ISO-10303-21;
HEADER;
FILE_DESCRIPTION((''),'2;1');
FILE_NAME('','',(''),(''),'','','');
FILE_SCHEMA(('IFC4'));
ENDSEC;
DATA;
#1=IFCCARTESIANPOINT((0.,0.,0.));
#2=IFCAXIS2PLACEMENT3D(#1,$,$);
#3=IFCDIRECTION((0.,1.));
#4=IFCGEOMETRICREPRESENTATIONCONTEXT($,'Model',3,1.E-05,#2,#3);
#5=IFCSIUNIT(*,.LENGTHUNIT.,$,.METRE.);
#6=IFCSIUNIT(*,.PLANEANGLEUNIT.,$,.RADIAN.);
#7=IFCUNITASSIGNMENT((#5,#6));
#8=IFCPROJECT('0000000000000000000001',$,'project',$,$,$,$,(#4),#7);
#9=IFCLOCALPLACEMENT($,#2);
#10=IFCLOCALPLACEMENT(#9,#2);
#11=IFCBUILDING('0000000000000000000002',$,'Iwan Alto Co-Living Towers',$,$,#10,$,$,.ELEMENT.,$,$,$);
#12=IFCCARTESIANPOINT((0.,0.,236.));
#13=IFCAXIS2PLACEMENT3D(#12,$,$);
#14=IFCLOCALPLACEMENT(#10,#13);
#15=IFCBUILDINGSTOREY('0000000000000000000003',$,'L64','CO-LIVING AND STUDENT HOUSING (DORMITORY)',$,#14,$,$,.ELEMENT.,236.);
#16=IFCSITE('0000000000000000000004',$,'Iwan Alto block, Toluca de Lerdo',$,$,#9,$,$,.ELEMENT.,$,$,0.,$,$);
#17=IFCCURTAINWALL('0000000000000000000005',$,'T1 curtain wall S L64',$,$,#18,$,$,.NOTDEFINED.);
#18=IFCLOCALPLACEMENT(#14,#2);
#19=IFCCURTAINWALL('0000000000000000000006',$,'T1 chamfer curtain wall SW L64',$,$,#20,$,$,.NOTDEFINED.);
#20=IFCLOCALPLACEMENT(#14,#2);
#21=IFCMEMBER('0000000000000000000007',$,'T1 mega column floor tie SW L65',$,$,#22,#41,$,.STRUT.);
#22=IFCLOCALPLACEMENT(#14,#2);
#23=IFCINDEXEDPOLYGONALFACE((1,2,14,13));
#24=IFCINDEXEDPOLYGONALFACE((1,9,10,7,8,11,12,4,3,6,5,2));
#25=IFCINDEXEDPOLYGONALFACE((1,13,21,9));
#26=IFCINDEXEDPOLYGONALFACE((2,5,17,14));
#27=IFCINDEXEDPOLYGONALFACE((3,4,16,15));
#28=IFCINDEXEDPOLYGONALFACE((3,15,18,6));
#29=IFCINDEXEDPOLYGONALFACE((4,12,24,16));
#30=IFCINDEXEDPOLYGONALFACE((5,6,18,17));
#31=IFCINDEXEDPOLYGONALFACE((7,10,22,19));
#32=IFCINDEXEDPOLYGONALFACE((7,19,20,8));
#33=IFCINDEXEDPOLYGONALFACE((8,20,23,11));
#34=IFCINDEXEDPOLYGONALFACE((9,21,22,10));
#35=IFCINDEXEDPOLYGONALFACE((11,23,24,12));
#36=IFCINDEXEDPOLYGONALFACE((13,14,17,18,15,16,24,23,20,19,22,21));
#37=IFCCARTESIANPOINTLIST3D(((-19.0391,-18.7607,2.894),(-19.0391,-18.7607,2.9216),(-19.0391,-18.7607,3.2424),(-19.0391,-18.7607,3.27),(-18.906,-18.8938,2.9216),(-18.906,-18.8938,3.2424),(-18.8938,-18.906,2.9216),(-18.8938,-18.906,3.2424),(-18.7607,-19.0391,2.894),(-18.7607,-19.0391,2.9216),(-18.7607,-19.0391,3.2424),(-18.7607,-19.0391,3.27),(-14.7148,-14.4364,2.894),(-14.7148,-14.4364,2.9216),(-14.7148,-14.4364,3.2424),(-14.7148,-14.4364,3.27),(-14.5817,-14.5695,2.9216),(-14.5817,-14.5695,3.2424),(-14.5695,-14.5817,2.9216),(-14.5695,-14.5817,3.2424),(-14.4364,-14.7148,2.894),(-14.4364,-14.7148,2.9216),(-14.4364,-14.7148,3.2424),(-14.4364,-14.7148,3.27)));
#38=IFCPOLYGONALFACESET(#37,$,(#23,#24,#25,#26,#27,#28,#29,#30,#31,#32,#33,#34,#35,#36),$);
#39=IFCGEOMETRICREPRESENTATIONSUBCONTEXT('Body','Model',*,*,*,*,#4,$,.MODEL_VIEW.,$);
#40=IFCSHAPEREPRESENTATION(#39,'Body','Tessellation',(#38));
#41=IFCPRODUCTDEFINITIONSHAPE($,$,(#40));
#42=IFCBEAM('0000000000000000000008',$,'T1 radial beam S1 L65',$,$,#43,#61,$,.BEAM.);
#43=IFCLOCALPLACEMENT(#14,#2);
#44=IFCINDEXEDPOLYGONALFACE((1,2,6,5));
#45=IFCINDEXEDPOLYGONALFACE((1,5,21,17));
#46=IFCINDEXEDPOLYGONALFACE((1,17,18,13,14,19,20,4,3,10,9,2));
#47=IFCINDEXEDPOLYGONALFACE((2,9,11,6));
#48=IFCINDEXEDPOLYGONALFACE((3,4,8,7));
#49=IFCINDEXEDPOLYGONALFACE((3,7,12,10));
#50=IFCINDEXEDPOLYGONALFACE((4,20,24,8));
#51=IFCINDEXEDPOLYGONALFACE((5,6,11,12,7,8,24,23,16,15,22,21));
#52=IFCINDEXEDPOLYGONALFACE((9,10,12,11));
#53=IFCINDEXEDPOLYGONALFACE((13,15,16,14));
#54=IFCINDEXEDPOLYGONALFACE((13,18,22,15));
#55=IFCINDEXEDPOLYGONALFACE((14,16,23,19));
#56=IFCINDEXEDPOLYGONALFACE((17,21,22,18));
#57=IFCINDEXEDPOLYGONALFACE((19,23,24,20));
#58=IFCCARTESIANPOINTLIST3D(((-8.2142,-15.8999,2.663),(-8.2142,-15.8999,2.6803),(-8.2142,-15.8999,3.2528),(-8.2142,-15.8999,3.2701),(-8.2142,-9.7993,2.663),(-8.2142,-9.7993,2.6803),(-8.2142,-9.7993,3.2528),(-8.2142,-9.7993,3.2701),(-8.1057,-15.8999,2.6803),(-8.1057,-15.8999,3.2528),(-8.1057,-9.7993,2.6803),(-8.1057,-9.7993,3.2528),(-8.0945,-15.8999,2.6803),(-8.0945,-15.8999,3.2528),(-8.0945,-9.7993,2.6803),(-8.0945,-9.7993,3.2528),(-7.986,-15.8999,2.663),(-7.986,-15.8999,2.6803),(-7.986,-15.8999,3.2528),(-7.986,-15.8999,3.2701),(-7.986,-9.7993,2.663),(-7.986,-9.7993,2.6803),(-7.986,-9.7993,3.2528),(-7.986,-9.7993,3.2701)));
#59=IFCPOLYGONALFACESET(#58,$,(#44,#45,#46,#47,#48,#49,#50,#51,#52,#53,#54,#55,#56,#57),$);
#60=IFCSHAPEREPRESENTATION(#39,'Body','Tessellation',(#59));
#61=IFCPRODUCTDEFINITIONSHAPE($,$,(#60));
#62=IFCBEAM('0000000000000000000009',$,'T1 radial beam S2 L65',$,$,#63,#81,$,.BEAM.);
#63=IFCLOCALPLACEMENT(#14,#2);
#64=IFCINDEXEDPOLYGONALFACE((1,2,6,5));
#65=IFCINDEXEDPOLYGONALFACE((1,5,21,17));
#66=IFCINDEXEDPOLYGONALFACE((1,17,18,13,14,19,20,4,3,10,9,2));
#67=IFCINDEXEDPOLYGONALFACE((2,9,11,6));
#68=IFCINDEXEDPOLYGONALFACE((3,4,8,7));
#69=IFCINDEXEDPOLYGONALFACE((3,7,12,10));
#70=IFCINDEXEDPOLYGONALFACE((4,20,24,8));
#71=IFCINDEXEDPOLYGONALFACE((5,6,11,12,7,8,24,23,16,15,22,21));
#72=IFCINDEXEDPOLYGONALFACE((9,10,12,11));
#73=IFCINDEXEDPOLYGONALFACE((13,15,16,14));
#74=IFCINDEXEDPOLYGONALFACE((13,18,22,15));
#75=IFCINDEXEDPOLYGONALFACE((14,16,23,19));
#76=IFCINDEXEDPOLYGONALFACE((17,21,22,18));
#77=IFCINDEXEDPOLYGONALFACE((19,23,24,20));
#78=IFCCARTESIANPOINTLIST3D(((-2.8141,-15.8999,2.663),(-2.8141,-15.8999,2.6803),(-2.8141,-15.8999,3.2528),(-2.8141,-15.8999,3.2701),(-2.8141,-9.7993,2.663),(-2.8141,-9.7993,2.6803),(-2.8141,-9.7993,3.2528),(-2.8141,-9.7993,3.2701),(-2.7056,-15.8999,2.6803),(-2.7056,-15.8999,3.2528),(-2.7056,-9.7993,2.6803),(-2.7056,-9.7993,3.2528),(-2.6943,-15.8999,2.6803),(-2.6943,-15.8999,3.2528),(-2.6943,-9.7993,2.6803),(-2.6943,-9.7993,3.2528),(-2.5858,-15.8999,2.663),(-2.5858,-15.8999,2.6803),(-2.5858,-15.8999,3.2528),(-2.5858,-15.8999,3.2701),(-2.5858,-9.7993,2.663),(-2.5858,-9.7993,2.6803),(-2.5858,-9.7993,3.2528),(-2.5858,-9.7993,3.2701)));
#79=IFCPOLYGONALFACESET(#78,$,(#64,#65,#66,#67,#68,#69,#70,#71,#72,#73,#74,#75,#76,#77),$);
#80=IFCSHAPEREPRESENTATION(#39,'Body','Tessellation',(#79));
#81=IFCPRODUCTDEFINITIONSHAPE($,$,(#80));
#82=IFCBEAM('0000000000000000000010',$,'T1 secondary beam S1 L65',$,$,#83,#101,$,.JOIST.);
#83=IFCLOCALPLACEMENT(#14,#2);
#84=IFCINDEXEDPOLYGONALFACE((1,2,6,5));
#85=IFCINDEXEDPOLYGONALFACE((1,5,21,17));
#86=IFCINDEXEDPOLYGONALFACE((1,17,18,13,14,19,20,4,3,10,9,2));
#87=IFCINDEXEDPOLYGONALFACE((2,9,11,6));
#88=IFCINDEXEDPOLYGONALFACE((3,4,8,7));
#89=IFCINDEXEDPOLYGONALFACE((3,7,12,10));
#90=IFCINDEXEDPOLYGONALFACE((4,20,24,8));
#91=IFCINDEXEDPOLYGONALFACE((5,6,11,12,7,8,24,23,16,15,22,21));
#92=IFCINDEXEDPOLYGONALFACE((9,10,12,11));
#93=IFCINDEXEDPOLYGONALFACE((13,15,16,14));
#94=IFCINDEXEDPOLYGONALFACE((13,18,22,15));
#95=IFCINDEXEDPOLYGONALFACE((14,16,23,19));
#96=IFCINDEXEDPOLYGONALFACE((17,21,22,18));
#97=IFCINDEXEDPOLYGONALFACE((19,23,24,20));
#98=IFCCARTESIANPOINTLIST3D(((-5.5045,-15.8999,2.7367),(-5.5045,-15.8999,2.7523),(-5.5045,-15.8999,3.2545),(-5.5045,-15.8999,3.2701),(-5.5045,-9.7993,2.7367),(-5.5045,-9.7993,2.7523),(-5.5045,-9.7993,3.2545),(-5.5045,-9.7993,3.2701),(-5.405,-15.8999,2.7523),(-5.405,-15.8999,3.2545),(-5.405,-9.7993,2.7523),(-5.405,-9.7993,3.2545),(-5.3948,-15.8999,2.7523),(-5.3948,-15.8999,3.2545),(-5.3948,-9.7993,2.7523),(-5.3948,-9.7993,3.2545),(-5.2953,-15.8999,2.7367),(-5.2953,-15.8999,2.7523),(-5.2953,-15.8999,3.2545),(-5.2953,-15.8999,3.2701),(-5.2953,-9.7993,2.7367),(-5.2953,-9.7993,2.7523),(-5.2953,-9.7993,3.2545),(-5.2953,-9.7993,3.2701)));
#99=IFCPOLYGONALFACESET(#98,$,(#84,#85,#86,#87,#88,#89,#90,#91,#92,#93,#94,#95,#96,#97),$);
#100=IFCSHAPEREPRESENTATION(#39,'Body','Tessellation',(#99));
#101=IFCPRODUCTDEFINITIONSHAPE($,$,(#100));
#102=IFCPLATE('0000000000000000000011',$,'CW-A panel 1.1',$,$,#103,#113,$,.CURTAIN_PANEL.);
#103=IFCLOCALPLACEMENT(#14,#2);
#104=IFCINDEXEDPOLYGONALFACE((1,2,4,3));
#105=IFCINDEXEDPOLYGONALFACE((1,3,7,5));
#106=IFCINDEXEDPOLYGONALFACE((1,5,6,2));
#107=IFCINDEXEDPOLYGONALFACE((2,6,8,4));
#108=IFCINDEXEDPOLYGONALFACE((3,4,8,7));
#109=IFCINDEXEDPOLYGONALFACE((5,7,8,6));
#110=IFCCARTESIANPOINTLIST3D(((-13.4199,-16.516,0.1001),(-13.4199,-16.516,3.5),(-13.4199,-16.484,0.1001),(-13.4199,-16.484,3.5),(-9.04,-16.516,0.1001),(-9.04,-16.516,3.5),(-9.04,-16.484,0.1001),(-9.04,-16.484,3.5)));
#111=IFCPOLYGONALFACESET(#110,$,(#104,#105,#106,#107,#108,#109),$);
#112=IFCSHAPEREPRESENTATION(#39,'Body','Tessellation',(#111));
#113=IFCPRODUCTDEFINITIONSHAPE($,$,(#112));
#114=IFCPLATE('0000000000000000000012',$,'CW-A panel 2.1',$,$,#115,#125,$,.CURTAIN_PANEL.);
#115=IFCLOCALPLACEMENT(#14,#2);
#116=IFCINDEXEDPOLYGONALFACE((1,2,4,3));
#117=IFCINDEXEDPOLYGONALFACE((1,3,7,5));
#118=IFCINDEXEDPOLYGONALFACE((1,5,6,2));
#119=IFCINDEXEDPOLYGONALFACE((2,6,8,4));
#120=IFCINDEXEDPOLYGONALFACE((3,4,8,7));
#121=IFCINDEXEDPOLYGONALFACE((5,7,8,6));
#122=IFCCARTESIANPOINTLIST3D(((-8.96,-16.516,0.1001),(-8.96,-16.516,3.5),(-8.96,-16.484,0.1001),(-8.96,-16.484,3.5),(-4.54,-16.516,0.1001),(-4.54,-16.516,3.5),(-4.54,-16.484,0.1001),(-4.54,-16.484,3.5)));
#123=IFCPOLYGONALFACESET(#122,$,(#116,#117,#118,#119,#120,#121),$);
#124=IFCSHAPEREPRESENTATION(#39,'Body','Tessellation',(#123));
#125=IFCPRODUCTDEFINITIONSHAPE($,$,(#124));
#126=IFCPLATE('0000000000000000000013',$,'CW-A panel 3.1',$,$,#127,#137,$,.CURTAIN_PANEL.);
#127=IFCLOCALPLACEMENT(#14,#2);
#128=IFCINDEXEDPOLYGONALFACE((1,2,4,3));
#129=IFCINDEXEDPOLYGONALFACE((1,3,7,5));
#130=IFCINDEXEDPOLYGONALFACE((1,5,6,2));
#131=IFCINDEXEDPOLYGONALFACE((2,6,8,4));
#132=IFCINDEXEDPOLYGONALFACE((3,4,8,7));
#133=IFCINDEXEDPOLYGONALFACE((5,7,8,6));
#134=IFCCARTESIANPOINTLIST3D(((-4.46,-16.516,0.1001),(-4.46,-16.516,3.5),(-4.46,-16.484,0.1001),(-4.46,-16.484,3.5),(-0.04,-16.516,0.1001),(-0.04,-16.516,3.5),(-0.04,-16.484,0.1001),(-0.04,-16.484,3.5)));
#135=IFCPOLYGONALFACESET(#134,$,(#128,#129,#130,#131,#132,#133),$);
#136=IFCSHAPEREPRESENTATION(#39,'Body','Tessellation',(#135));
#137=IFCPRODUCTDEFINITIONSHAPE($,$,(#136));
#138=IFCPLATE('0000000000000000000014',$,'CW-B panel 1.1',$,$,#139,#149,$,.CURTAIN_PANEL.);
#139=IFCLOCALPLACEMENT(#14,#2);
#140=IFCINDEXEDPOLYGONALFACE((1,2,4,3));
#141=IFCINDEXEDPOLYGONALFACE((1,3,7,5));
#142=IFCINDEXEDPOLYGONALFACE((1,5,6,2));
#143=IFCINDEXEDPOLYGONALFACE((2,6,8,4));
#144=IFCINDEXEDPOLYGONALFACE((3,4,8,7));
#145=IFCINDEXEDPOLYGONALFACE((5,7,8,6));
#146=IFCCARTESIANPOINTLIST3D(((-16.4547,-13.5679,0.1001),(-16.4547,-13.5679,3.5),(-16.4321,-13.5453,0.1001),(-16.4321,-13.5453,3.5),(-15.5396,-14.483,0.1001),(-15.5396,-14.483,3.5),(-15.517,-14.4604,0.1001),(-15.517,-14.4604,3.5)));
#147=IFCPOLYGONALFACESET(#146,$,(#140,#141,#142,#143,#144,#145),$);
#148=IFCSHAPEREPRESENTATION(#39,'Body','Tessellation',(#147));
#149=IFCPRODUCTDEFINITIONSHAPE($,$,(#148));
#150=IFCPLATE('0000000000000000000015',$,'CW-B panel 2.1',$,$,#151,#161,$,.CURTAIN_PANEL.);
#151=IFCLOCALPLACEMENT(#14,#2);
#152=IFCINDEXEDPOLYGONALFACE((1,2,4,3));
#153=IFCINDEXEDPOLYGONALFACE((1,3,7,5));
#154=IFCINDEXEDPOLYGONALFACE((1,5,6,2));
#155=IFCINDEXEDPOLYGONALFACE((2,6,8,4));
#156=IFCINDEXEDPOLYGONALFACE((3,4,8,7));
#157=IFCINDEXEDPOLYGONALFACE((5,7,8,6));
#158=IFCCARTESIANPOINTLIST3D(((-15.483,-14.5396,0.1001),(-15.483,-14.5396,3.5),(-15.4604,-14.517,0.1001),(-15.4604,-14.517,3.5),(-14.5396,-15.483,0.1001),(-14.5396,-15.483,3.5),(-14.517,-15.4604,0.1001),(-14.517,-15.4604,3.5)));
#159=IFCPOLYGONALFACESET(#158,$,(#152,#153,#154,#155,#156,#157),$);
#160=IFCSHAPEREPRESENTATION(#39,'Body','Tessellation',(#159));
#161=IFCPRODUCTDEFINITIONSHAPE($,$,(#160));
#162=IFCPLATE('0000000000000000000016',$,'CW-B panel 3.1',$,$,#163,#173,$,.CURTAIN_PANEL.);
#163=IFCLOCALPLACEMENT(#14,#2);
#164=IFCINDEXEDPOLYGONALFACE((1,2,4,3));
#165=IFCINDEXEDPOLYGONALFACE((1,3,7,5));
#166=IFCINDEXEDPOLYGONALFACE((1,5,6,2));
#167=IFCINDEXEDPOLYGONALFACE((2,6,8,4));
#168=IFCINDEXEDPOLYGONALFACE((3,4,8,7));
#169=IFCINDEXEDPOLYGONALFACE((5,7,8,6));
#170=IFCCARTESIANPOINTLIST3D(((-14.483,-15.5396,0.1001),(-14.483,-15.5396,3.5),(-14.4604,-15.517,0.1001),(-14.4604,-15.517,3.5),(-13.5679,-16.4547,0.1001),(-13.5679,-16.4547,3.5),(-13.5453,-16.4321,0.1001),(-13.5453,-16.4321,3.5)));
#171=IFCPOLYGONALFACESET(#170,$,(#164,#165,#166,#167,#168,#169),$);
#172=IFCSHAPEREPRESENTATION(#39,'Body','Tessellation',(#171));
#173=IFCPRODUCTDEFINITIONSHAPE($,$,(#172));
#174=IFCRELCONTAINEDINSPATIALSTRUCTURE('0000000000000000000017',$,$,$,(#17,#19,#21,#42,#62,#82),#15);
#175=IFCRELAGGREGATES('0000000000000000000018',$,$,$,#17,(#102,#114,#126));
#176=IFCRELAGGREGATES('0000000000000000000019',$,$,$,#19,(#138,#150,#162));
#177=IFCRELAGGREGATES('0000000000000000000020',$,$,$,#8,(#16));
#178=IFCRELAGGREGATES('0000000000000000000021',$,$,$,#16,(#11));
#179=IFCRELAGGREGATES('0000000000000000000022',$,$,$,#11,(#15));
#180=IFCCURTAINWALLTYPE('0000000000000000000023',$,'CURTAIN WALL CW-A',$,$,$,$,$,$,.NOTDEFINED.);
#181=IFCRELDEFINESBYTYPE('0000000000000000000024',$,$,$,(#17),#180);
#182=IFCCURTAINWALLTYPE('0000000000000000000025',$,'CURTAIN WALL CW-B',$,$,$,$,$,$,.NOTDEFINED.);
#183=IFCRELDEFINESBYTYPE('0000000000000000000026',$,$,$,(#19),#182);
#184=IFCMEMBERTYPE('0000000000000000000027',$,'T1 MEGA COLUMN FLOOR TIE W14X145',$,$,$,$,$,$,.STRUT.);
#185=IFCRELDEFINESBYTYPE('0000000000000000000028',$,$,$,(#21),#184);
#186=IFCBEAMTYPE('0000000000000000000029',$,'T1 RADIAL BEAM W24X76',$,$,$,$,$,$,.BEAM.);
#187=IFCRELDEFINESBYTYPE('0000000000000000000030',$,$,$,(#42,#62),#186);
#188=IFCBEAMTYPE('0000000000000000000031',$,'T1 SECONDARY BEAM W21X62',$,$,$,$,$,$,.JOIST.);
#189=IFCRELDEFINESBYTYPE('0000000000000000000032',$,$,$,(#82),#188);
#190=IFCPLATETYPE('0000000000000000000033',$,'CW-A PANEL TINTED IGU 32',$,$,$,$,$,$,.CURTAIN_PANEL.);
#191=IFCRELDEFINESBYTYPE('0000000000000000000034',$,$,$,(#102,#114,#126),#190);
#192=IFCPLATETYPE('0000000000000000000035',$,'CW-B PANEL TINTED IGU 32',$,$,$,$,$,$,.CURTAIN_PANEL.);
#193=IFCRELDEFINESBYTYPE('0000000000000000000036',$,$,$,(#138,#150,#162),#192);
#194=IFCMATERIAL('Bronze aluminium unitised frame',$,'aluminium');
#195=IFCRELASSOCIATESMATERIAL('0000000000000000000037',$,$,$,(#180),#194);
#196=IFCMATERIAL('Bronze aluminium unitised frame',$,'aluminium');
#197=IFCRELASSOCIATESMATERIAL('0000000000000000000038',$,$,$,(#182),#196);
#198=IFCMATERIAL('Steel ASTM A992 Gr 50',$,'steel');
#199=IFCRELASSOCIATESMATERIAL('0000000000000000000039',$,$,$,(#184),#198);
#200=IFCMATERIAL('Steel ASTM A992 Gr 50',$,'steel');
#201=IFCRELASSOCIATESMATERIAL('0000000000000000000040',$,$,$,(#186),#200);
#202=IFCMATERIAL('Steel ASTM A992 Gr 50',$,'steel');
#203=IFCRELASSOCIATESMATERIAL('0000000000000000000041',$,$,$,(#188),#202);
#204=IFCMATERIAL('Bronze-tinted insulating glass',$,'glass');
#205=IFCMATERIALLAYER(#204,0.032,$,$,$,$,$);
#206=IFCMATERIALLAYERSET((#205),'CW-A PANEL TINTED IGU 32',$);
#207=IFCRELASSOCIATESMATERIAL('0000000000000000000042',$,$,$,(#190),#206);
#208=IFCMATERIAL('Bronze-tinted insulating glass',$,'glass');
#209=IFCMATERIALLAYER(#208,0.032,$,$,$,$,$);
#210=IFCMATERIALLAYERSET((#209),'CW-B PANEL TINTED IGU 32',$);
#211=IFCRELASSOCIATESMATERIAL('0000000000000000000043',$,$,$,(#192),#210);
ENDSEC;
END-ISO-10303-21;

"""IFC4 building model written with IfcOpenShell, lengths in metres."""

from ifc_helpers import new_model, si_unit, direction, frame, origin, origin_2d, place, context, subcontext, project, spatial, rectangle, i_section, extrude, material, layer, layer_set, material_profile, profile_set, type_object, element, aggregate, save


model = new_model("IFC4")

# Units and contexts
model_context = context("Model", 3, precision=1e-05, world=origin(), true_north=direction((0.0, 1.0)))
body_context = subcontext(model_context, "Body", "Model", "MODEL_VIEW")
ifc_project = project(units=[si_unit("LENGTHUNIT", "METRE"), si_unit("PLANEANGLEUNIT", "RADIAN")], contexts=[model_context])

# Site, building, storey
site_placement = place(None, origin())
site = spatial("IfcSite", under=ifc_project, at=site_placement, Name="Iwan Alto block, Toluca de Lerdo", CompositionType="ELEMENT", RefElevation=0.0)
building_placement = place(site_placement, origin())
building = spatial("IfcBuilding", under=site, at=building_placement, Name="Iwan Alto Co-Living Towers", CompositionType="ELEMENT")
storey_placement = place(building_placement, frame((0.0, 0.0, 236.0)))
storey = spatial("IfcBuildingStorey", under=building, at=storey_placement, Name="L64", Description="CO-LIVING AND STUDENT HOUSING (DORMITORY)", CompositionType="ELEMENT", Elevation=236.0)

# Curtain wall
ifc_material_1 = material(Name="Bronze aluminium unitised frame", Category="aluminium")
curtain_wall_type_1 = type_object("IfcCurtainWallType", Name="CURTAIN WALL CW-A", PredefinedType="NOTDEFINED", material=ifc_material_1)
curtain_wall_1_placement = place(storey_placement, origin())
curtain_wall_1 = element("IfcCurtainWall", 1, at=curtain_wall_1_placement, inside=storey, type_object=curtain_wall_type_1, Name="T1 curtain wall S L64", PredefinedType="NOTDEFINED")

# Curtain wall
ifc_material_2 = material(Name="Bronze aluminium unitised frame", Category="aluminium")
curtain_wall_type_2 = type_object("IfcCurtainWallType", Name="CURTAIN WALL CW-B", PredefinedType="NOTDEFINED", material=ifc_material_2)
curtain_wall_2_placement = place(storey_placement, origin())
curtain_wall_2 = element("IfcCurtainWall", 2, at=curtain_wall_2_placement, inside=storey, type_object=curtain_wall_type_2, Name="T1 chamfer curtain wall SW L64", PredefinedType="NOTDEFINED")

# Member
ifc_material_3 = material(Name="Steel ASTM A992 Gr 50", Category="steel")
ifc_material_profile_1 = material_profile(ifc_material_3, i_section(OverallWidth=0.3938, OverallDepth=0.376, WebThickness=0.0173, FlangeThickness=0.0276, at=origin_2d()), Name="W14X145")
ifc_profile_set_1 = profile_set([ifc_material_profile_1], Name="Steel ASTM A992 Gr 50")
member_type_1 = type_object("IfcMemberType", Name="T1 MEGA COLUMN FLOOR TIE W14X145", PredefinedType="STRUT", material=ifc_profile_set_1)
member_1_placement = place(storey_placement, frame((-18.8999, -18.8999, 3.082), z_axis=(0.707107, 0.707107, 0.0), x_axis=(-0.707107, 0.707107, 0.0)))
element("IfcMember", 3, at=member_1_placement, inside=storey, type_object=member_type_1, Name="T1 mega column floor tie SW L65", PredefinedType="STRUT", context=body_context, shape_type="SweptSolid", body=[
    extrude(i_section(OverallWidth=0.3938, OverallDepth=0.376, WebThickness=0.0173, FlangeThickness=0.0276, at=origin_2d()), origin(), (0.0, 0.0, 1.0), 6.1155),
])

# Beams
ifc_material_4 = material(Name="Steel ASTM A992 Gr 50", Category="steel")
ifc_material_profile_2 = material_profile(ifc_material_4, i_section(OverallWidth=0.2283, OverallDepth=0.6072, WebThickness=0.0112, FlangeThickness=0.0173, at=origin_2d()), Name="W24X76")
ifc_profile_set_2 = profile_set([ifc_material_profile_2], Name="Steel ASTM A992 Gr 50")
beam_type_1 = type_object("IfcBeamType", Name="T1 RADIAL BEAM W24X76", PredefinedType="BEAM", material=ifc_profile_set_2)
for number, where, z_axis, x_axis, name in (
    (4, (-8.1001, -15.8999, 2.9666), (0.0, 1.0, 0.0), (-1.0, 0.0, 0.0), "T1 radial beam S1 L65"),
    (5, (-2.7, -15.8999, 2.9666), (0.0, 1.0, 0.0), (-1.0, 0.0, 0.0), "T1 radial beam S2 L65"),
):
    element("IfcBeam", number, at=place(storey_placement, frame(where, z_axis=z_axis, x_axis=x_axis)), inside=storey, type_object=beam_type_1, Name=name, PredefinedType="BEAM", context=body_context, shape_type="SweptSolid", body=[
        extrude(i_section(OverallWidth=0.2283, OverallDepth=0.6072, WebThickness=0.0112, FlangeThickness=0.0173, at=origin_2d()), origin(), (0.0, 0.0, 1.0), 6.1006),
    ])
ifc_material_5 = material(Name="Steel ASTM A992 Gr 50", Category="steel")
ifc_material_profile_3 = material_profile(ifc_material_5, i_section(OverallWidth=0.2092, OverallDepth=0.5334, WebThickness=0.0103, FlangeThickness=0.0156, at=origin_2d()), Name="W21X62")
ifc_profile_set_3 = profile_set([ifc_material_profile_3], Name="Steel ASTM A992 Gr 50")
beam_type_2 = type_object("IfcBeamType", Name="T1 SECONDARY BEAM W21X62", PredefinedType="JOIST", material=ifc_profile_set_3)
beam_1_placement = place(storey_placement, frame((-5.3999, -15.8999, 3.0034), z_axis=(0.0, 1.0, 0.0), x_axis=(-1.0, 0.0, 0.0)))
element("IfcBeam", 6, at=beam_1_placement, inside=storey, type_object=beam_type_2, Name="T1 secondary beam S1 L65", PredefinedType="JOIST", context=body_context, shape_type="SweptSolid", body=[
    extrude(i_section(OverallWidth=0.2092, OverallDepth=0.5334, WebThickness=0.0103, FlangeThickness=0.0156, at=origin_2d()), origin(), (0.0, 0.0, 1.0), 6.1006),
])

# Plates
ifc_material_6 = material(Name="Bronze-tinted insulating glass", Category="glass")
ifc_layer_1 = layer(ifc_material_6, 0.032)
ifc_layer_set_1 = layer_set([ifc_layer_1], Name="CW-A PANEL TINTED IGU 32")
plate_type_1 = type_object("IfcPlateType", Name="CW-A PANEL TINTED IGU 32", PredefinedType="CURTAIN_PANEL", material=ifc_layer_set_1)
plate_1_placement = place(storey_placement, frame((-11.23, -16.5, 0.1001), z_axis=(0.0, 0.0, 1.0), x_axis=(1.0, 0.0, 0.0)))
plate_1 = element("IfcPlate", 7, at=plate_1_placement, type_object=plate_type_1, Name="CW-A panel 1.1", PredefinedType="CURTAIN_PANEL", context=body_context, shape_type="SweptSolid", body=[
    extrude(rectangle(XDim=4.3799, YDim=0.032, at=origin_2d()), origin(), (0.0, 0.0, 1.0), 3.3999),
])
plate_2_placement = place(storey_placement, frame((-6.75, -16.5, 0.1001), z_axis=(0.0, 0.0, 1.0), x_axis=(1.0, 0.0, 0.0)))
plate_2 = element("IfcPlate", 8, at=plate_2_placement, type_object=plate_type_1, Name="CW-A panel 2.1", PredefinedType="CURTAIN_PANEL", context=body_context, shape_type="SweptSolid", body=[
    extrude(rectangle(XDim=4.4199, YDim=0.032, at=origin_2d()), origin(), (0.0, 0.0, 1.0), 3.3999),
])
plate_3_placement = place(storey_placement, frame((-2.25, -16.5, 0.1001), z_axis=(0.0, 0.0, 1.0), x_axis=(1.0, 0.0, 0.0)))
plate_3 = element("IfcPlate", 9, at=plate_3_placement, type_object=plate_type_1, Name="CW-A panel 3.1", PredefinedType="CURTAIN_PANEL", context=body_context, shape_type="SweptSolid", body=[
    extrude(rectangle(XDim=4.4199, YDim=0.032, at=origin_2d()), origin(), (0.0, 0.0, 1.0), 3.3999),
])
aggregate(curtain_wall_1, [plate_1, plate_2, plate_3])
ifc_material_7 = material(Name="Bronze-tinted insulating glass", Category="glass")
ifc_layer_2 = layer(ifc_material_7, 0.032)
ifc_layer_set_2 = layer_set([ifc_layer_2], Name="CW-B PANEL TINTED IGU 32")
plate_type_2 = type_object("IfcPlateType", Name="CW-B PANEL TINTED IGU 32", PredefinedType="CURTAIN_PANEL", material=ifc_layer_set_2)
plate_4_placement = place(storey_placement, frame((-15.9858, -14.0142, 0.1001), z_axis=(0.0, 0.0, 1.0), x_axis=(0.707107, -0.707107, 0.0)))
plate_4 = element("IfcPlate", 10, at=plate_4_placement, type_object=plate_type_2, Name="CW-B panel 1.1", PredefinedType="CURTAIN_PANEL", context=body_context, shape_type="SweptSolid", body=[
    extrude(rectangle(XDim=1.2942, YDim=0.032, at=origin_2d()), origin(), (0.0, 0.0, 1.0), 3.3999),
])
plate_5_placement = place(storey_placement, frame((-15.0, -15.0, 0.1001), z_axis=(0.0, 0.0, 1.0), x_axis=(0.707107, -0.707107, 0.0)))
plate_5 = element("IfcPlate", 11, at=plate_5_placement, type_object=plate_type_2, Name="CW-B panel 2.1", PredefinedType="CURTAIN_PANEL", context=body_context, shape_type="SweptSolid", body=[
    extrude(rectangle(XDim=1.3342, YDim=0.032, at=origin_2d()), origin(), (0.0, 0.0, 1.0), 3.3999),
])
plate_6_placement = place(storey_placement, frame((-14.0142, -15.9858, 0.1001), z_axis=(0.0, 0.0, 1.0), x_axis=(0.707107, -0.707107, 0.0)))
plate_6 = element("IfcPlate", 12, at=plate_6_placement, type_object=plate_type_2, Name="CW-B panel 3.1", PredefinedType="CURTAIN_PANEL", context=body_context, shape_type="SweptSolid", body=[
    extrude(rectangle(XDim=1.2942, YDim=0.032, at=origin_2d()), origin(), (0.0, 0.0, 1.0), 3.3999),
])
aggregate(curtain_wall_2, [plate_4, plate_5, plate_6])

save(model, "model.ifc")
